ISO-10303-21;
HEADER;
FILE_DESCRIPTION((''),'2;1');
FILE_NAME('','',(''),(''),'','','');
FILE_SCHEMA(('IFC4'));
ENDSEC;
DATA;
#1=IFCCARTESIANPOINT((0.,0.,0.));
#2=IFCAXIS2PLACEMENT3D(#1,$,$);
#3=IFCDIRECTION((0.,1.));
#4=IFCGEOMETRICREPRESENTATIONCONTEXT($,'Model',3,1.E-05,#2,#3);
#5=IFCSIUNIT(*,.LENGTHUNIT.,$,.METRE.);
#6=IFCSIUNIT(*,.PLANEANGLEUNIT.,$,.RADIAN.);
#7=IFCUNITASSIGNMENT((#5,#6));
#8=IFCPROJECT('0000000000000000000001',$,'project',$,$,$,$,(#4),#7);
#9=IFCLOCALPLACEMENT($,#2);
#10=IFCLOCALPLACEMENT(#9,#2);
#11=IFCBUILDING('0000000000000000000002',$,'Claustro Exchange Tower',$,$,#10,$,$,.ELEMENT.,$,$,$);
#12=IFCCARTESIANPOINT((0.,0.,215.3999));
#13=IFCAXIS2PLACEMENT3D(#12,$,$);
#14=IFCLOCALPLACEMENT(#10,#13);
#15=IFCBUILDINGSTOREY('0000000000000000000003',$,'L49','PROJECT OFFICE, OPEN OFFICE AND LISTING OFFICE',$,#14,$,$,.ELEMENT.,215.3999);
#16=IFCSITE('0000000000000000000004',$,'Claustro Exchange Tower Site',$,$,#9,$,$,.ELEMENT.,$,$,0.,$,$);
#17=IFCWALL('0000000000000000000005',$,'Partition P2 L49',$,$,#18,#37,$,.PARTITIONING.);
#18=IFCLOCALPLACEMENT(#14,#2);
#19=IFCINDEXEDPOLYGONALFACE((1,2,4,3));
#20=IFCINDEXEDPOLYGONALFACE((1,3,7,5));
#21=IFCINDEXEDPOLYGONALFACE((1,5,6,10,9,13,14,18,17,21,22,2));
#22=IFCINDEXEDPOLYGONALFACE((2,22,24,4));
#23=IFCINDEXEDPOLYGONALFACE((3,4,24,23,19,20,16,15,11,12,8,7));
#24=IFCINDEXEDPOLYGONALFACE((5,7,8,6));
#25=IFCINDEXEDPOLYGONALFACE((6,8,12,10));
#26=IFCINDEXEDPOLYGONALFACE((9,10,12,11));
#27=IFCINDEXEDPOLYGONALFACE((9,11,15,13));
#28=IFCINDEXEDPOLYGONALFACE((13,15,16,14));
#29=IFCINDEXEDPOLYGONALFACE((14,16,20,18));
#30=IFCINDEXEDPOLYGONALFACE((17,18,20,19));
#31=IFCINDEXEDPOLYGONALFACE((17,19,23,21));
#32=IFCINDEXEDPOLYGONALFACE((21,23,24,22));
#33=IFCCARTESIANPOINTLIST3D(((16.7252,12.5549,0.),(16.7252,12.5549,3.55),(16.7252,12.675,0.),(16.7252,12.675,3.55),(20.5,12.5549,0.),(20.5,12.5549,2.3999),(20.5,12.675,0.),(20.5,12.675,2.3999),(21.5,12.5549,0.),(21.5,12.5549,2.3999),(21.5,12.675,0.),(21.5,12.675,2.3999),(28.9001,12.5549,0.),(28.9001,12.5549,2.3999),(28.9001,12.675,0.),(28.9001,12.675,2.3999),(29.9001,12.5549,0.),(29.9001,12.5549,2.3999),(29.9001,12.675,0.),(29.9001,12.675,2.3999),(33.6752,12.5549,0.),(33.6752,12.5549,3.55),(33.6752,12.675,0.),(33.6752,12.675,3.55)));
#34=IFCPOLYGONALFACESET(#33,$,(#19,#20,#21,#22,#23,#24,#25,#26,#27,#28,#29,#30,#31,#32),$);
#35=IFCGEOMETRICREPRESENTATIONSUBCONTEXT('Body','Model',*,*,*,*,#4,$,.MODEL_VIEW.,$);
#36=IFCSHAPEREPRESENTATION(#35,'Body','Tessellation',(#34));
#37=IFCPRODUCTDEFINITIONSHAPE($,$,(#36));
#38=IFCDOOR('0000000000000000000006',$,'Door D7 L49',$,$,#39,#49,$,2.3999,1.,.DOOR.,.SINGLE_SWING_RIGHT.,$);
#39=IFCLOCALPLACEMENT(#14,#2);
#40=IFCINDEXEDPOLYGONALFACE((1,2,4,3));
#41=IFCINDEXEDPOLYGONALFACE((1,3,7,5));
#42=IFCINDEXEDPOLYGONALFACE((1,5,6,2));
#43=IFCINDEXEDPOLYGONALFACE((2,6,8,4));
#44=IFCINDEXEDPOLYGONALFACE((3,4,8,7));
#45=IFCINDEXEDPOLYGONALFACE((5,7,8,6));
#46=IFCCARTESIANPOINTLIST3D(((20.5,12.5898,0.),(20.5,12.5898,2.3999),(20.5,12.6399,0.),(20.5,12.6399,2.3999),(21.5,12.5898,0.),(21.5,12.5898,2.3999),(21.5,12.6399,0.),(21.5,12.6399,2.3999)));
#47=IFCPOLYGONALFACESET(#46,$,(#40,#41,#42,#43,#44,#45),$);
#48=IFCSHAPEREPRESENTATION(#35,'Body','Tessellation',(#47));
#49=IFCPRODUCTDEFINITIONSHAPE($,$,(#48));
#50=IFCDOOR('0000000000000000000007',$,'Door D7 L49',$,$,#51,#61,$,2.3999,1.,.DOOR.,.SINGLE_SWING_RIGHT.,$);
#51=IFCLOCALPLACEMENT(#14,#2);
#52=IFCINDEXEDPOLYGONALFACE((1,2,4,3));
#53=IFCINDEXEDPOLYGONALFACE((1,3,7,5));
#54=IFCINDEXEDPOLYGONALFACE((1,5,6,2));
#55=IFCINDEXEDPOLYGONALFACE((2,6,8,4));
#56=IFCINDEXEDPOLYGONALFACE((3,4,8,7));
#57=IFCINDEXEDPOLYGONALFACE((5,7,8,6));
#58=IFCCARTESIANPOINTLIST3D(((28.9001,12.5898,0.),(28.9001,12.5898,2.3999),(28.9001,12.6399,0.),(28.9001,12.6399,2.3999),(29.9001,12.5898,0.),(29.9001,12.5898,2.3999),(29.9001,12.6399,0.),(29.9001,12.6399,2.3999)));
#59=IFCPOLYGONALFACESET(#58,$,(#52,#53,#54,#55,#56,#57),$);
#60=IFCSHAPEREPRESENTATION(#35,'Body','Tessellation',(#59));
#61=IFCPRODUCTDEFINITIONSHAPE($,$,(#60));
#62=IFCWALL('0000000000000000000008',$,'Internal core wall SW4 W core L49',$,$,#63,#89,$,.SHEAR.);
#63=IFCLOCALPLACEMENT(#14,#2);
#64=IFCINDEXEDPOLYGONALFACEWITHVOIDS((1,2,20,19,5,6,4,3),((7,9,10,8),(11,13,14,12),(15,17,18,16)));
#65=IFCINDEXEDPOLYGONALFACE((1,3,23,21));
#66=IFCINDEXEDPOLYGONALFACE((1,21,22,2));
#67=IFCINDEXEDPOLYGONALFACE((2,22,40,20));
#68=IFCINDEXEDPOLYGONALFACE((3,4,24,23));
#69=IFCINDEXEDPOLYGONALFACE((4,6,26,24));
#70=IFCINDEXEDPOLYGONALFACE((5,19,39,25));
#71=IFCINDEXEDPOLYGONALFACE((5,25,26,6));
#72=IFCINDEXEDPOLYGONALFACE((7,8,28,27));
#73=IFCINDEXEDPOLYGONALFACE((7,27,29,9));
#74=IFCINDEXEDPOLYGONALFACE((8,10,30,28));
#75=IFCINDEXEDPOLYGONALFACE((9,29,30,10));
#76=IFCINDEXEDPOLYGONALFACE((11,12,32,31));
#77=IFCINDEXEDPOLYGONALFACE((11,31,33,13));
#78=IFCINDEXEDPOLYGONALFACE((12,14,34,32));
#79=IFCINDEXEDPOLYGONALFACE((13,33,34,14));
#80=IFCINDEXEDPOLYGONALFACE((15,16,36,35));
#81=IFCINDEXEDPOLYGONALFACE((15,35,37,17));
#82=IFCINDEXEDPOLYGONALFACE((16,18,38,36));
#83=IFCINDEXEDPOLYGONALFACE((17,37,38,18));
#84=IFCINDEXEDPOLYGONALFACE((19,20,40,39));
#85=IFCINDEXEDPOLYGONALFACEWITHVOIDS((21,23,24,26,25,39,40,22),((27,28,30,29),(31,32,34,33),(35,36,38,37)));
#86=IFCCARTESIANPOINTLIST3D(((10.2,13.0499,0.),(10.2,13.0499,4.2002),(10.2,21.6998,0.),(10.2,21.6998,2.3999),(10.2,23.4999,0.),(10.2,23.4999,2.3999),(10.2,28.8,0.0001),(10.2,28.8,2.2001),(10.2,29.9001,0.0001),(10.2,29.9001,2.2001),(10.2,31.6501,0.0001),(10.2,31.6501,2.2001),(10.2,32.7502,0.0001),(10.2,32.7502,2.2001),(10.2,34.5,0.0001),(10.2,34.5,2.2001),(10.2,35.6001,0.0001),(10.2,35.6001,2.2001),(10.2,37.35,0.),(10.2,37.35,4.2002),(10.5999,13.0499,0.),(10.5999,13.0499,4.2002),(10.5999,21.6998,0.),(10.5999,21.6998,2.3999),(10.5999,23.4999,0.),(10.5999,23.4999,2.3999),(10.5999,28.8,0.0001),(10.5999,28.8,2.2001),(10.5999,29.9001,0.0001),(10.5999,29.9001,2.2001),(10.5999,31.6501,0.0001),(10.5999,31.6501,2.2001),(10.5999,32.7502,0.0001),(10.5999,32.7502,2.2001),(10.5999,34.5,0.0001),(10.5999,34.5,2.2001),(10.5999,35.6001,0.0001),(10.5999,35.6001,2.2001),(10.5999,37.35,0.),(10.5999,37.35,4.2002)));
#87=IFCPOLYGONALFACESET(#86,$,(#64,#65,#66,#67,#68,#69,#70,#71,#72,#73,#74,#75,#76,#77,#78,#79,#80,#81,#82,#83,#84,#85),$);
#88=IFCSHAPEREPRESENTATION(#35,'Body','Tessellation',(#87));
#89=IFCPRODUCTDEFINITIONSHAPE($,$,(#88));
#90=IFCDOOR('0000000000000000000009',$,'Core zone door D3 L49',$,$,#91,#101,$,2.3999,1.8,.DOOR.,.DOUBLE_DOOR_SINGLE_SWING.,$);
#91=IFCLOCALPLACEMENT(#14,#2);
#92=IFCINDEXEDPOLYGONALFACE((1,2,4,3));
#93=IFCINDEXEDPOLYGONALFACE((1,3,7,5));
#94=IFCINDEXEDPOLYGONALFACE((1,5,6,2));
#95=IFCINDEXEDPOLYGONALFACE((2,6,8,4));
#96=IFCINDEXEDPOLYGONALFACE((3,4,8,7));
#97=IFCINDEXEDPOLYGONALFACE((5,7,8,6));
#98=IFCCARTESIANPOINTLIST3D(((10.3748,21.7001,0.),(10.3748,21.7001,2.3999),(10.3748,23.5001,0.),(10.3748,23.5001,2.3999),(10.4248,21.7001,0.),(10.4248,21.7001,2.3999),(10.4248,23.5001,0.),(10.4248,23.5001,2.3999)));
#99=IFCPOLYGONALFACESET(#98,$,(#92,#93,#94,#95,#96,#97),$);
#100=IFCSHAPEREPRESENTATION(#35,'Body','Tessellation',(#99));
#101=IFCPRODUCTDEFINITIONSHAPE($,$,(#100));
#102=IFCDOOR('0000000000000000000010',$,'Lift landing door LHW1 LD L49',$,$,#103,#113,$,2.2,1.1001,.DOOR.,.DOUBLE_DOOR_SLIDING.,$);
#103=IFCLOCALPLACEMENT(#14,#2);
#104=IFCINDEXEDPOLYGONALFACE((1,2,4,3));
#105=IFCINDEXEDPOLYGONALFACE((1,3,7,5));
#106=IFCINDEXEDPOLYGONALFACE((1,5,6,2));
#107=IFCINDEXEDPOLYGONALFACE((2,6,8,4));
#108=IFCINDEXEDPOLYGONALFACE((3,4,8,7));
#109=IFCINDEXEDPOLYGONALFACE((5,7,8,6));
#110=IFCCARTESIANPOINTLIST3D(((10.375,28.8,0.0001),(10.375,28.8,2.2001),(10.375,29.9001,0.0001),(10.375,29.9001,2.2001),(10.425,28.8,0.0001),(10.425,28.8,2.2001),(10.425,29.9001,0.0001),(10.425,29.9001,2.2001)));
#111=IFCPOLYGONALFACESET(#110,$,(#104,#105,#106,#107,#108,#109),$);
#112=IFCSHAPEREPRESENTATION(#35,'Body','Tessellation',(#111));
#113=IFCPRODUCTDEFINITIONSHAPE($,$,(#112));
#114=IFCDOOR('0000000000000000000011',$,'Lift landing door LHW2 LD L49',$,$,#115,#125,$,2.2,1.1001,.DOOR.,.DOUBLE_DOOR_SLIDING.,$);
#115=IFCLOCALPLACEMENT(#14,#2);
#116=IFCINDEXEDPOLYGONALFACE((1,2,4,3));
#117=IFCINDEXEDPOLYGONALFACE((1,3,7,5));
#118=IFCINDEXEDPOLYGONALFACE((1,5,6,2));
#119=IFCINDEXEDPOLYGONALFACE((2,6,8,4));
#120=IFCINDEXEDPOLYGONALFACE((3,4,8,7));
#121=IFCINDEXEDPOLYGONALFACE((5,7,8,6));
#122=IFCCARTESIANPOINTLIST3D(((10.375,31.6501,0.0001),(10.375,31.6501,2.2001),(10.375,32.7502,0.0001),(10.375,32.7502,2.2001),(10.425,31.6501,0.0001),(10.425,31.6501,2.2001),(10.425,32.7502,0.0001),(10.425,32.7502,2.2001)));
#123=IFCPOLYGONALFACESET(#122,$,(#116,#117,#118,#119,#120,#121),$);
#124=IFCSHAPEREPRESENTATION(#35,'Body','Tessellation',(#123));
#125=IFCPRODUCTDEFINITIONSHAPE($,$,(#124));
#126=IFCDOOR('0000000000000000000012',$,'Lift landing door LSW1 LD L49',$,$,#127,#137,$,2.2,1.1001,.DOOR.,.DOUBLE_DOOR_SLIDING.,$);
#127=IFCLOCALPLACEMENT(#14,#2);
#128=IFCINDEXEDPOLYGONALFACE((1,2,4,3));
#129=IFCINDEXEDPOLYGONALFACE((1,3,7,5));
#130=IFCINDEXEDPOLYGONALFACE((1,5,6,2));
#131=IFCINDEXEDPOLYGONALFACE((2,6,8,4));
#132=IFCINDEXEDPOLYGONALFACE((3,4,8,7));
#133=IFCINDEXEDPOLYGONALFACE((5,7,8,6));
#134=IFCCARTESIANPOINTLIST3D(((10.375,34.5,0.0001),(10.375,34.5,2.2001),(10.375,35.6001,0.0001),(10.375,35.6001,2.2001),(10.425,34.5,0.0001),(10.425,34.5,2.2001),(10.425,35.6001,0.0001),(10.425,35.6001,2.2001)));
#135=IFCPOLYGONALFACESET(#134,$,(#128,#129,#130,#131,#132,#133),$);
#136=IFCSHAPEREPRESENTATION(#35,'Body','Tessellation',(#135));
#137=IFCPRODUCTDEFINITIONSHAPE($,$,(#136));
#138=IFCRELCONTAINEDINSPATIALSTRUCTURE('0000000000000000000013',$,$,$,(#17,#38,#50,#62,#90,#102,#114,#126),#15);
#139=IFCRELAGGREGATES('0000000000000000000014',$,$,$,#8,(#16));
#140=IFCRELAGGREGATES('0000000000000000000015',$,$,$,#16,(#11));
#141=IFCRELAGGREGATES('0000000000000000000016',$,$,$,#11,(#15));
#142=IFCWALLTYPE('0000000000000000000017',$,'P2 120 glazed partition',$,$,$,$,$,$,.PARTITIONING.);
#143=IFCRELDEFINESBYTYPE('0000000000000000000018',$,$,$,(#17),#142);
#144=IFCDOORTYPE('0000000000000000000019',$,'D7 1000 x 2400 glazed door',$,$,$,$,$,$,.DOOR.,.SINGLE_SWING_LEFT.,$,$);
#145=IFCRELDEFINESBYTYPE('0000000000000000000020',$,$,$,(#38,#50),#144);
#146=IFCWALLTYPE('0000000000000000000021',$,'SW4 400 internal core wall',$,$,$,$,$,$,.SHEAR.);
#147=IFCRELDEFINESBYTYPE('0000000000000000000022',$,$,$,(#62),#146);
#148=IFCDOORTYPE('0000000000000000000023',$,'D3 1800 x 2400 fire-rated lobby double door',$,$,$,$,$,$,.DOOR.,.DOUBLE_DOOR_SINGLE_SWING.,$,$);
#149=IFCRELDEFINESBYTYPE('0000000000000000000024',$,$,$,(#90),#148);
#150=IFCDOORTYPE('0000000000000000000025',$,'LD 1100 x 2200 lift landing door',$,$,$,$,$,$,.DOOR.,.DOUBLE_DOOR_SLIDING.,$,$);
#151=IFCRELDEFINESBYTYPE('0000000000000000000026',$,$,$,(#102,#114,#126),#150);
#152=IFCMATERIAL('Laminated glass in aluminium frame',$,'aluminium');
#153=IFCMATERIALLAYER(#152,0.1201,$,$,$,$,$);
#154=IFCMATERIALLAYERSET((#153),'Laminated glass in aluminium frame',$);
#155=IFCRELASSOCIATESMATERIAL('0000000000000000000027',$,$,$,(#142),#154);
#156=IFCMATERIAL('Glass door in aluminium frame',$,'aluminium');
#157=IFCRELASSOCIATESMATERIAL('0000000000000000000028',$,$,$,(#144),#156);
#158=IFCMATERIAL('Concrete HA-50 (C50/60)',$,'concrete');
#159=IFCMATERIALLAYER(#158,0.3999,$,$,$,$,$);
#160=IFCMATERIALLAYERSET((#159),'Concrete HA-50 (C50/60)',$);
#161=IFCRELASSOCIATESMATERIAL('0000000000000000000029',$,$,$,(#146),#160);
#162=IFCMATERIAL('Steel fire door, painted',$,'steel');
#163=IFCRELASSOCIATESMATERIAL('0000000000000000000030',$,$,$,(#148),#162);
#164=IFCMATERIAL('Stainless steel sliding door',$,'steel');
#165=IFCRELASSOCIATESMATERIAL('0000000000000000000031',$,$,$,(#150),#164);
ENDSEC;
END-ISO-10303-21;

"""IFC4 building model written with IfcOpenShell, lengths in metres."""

from ifc_helpers import new_model, si_unit, direction, frame, frame_2d, origin, place, context, subcontext, project, spatial, rectangle, extrude, material, layer, layer_set, type_object, element, fill, save


model = new_model("IFC4")

# Units and contexts
model_context = context("Model", 3, precision=1e-05, world=origin(), true_north=direction((0.0, 1.0)))
body_context = subcontext(model_context, "Body", "Model", "MODEL_VIEW")
ifc_project = project(units=[si_unit("LENGTHUNIT", "METRE"), si_unit("PLANEANGLEUNIT", "RADIAN")], contexts=[model_context])

# Site, building, storey
site_placement = place(None, origin())
site = spatial("IfcSite", under=ifc_project, at=site_placement, Name="Claustro Exchange Tower Site", CompositionType="ELEMENT", RefElevation=0.0)
building_placement = place(site_placement, origin())
building = spatial("IfcBuilding", under=site, at=building_placement, Name="Claustro Exchange Tower", CompositionType="ELEMENT")
storey_placement = place(building_placement, frame((0.0, 0.0, 215.3999)))
storey = spatial("IfcBuildingStorey", under=building, at=storey_placement, Name="L49", Description="PROJECT OFFICE, OPEN OFFICE AND LISTING OFFICE", CompositionType="ELEMENT", Elevation=215.3999)

# Walls, openings, doors
ifc_material_1 = material(Name="Laminated glass in aluminium frame", Category="aluminium")
ifc_layer_1 = layer(ifc_material_1, 0.1201)
ifc_layer_set_1 = layer_set([ifc_layer_1], Name="Laminated glass in aluminium frame")
wall_type_1 = type_object("IfcWallType", Name="P2 120 glazed partition", PredefinedType="PARTITIONING", material=ifc_layer_set_1)
wall_1_placement = place(storey_placement, frame((16.7251, 12.615, 0.0), z_axis=(0.0, 0.0, 1.0), x_axis=(1.0, 0.0, 0.0)))
wall_1 = element("IfcWall", 1, at=wall_1_placement, inside=storey, type_object=wall_type_1, Name="Partition P2 L49", PredefinedType="PARTITIONING", context=body_context, shape_type="SweptSolid", body=[
    extrude(rectangle(XDim=16.95, YDim=0.1201, at=frame_2d((8.4751, 0.0))), origin(), (0.0, 0.0, 1.0), 3.55),
])
opening_1_placement = place(wall_1_placement, frame((3.7749, 0.0, 0.0)))
opening_1 = element("IfcOpeningElement", 2, at=opening_1_placement, cuts=wall_1, PredefinedType="OPENING", context=body_context, shape_type="SweptSolid", body=[
    extrude(rectangle(XDim=1.0, YDim=2.3999, at=frame_2d((0.5, 1.2))), frame((0.0, 0.0701, 0.0), z_axis=(0.0, -1.0, 0.0), x_axis=(1.0, 0.0, 0.0)), (0.0, 0.0, 1.0), 0.1401),
])
opening_2_placement = place(wall_1_placement, frame((12.175, 0.0, 0.0)))
opening_2 = element("IfcOpeningElement", 3, at=opening_2_placement, cuts=wall_1, PredefinedType="OPENING", context=body_context, shape_type="SweptSolid", body=[
    extrude(rectangle(XDim=1.0, YDim=2.3999, at=frame_2d((0.5, 1.2))), frame((0.0, 0.0701, 0.0), z_axis=(0.0, -1.0, 0.0), x_axis=(1.0, 0.0, 0.0)), (0.0, 0.0, 1.0), 0.1401),
])
ifc_material_2 = material(Name="Glass door in aluminium frame", Category="aluminium")
door_type_1 = type_object("IfcDoorType", Name="D7 1000 x 2400 glazed door", OperationType="SINGLE_SWING_LEFT", PredefinedType="DOOR", material=ifc_material_2)
door_1_placement = place(opening_1_placement, origin())
door_1 = element("IfcDoor", 4, at=door_1_placement, inside=storey, type_object=door_type_1, Name="Door D7 L49", OperationType="SINGLE_SWING_RIGHT", OverallHeight=2.3999, OverallWidth=1.0, PredefinedType="DOOR", context=body_context, shape_type="SweptSolid", body=[
    extrude(rectangle(XDim=1.0, YDim=2.3999, at=frame_2d((0.5, 1.2))), frame((0.0, 0.0249, 0.0), z_axis=(0.0, -1.0, 0.0), x_axis=(1.0, 0.0, 0.0)), (0.0, 0.0, 1.0), 0.05),
])
fill(opening_1, door_1)
door_2_placement = place(opening_2_placement, origin())
door_2 = element("IfcDoor", 5, at=door_2_placement, inside=storey, type_object=door_type_1, Name="Door D7 L49", OperationType="SINGLE_SWING_RIGHT", OverallHeight=2.3999, OverallWidth=1.0, PredefinedType="DOOR", context=body_context, shape_type="SweptSolid", body=[
    extrude(rectangle(XDim=1.0, YDim=2.3999, at=frame_2d((0.5, 1.2))), frame((0.0, 0.0249, 0.0), z_axis=(0.0, -1.0, 0.0), x_axis=(1.0, 0.0, 0.0)), (0.0, 0.0, 1.0), 0.05),
])
fill(opening_2, door_2)
ifc_material_3 = material(Name="Concrete HA-50 (C50/60)", Category="concrete")
ifc_layer_2 = layer(ifc_material_3, 0.3999)
ifc_layer_set_2 = layer_set([ifc_layer_2], Name="Concrete HA-50 (C50/60)")
wall_type_2 = type_object("IfcWallType", Name="SW4 400 internal core wall", PredefinedType="SHEAR", material=ifc_layer_set_2)
wall_2_placement = place(storey_placement, frame((10.3999, 13.05, 0.0), z_axis=(0.0, 0.0, 1.0), x_axis=(0.0, 1.0, 0.0)))
wall_2 = element("IfcWall", 6, at=wall_2_placement, inside=storey, type_object=wall_type_2, Name="Internal core wall SW4 W core L49", PredefinedType="SHEAR", context=body_context, shape_type="SweptSolid", body=[
    extrude(rectangle(XDim=24.3, YDim=0.3999, at=frame_2d((12.1499, 0.0))), origin(), (0.0, 0.0, 1.0), 4.2002),
])
opening_3_placement = place(wall_2_placement, frame((15.75, 0.0, 0.0)))
opening_3 = element("IfcOpeningElement", 7, at=opening_3_placement, cuts=wall_2, PredefinedType="OPENING", context=body_context, shape_type="SweptSolid", body=[
    extrude(rectangle(XDim=1.1001, YDim=2.2, at=frame_2d((0.55, 1.1001))), frame((0.0, 0.21, 0.0), z_axis=(0.0, -1.0, 0.0), x_axis=(1.0, 0.0, 0.0)), (0.0, 0.0, 1.0), 0.4199),
])
opening_4_placement = place(wall_2_placement, frame((18.6001, 0.0, 0.0)))
opening_4 = element("IfcOpeningElement", 8, at=opening_4_placement, cuts=wall_2, PredefinedType="OPENING", context=body_context, shape_type="SweptSolid", body=[
    extrude(rectangle(XDim=1.1001, YDim=2.2, at=frame_2d((0.55, 1.1001))), frame((0.0, 0.21, 0.0), z_axis=(0.0, -1.0, 0.0), x_axis=(1.0, 0.0, 0.0)), (0.0, 0.0, 1.0), 0.4199),
])
opening_5_placement = place(wall_2_placement, frame((21.45, 0.0, 0.0)))
opening_5 = element("IfcOpeningElement", 9, at=opening_5_placement, cuts=wall_2, PredefinedType="OPENING", context=body_context, shape_type="SweptSolid", body=[
    extrude(rectangle(XDim=1.1001, YDim=2.2, at=frame_2d((0.55, 1.1001))), frame((0.0, 0.21, 0.0), z_axis=(0.0, -1.0, 0.0), x_axis=(1.0, 0.0, 0.0)), (0.0, 0.0, 1.0), 0.4199),
])
opening_6_placement = place(wall_2_placement, frame((8.6499, 0.0, 0.0)))
opening_6 = element("IfcOpeningElement", 10, at=opening_6_placement, cuts=wall_2, PredefinedType="OPENING", context=body_context, shape_type="SweptSolid", body=[
    extrude(rectangle(XDim=1.8, YDim=2.3999, at=frame_2d((0.8999, 1.2))), frame((0.0, 0.21, 0.0), z_axis=(0.0, -1.0, 0.0), x_axis=(1.0, 0.0, 0.0)), (0.0, 0.0, 1.0), 0.4199),
])
ifc_material_4 = material(Name="Steel fire door, painted", Category="steel")
door_type_2 = type_object("IfcDoorType", Name="D3 1800 x 2400 fire-rated lobby double door", OperationType="DOUBLE_DOOR_SINGLE_SWING", PredefinedType="DOOR", material=ifc_material_4)
door_3_placement = place(opening_6_placement, frame((1.8, 0.0, 0.0), z_axis=(0.0, 0.0, 1.0), x_axis=(-1.0, 0.0, 0.0)))
door_3 = element("IfcDoor", 11, at=door_3_placement, inside=storey, type_object=door_type_2, Name="Core zone door D3 L49", OperationType="DOUBLE_DOOR_SINGLE_SWING", OverallHeight=2.3999, OverallWidth=1.8, PredefinedType="DOOR", context=body_context, shape_type="SweptSolid", body=[
    extrude(rectangle(XDim=1.8, YDim=2.3999, at=frame_2d((0.8999, 1.2))), frame((0.0, 0.0249, 0.0), z_axis=(0.0, -1.0, 0.0), x_axis=(1.0, 0.0, 0.0)), (0.0, 0.0, 1.0), 0.05),
])
fill(opening_6, door_3)
ifc_material_5 = material(Name="Stainless steel sliding door", Category="steel")
door_type_3 = type_object("IfcDoorType", Name="LD 1100 x 2200 lift landing door", OperationType="DOUBLE_DOOR_SLIDING", PredefinedType="DOOR", material=ifc_material_5)
door_4_placement = place(opening_3_placement, origin())
door_4 = element("IfcDoor", 12, at=door_4_placement, inside=storey, type_object=door_type_3, Name="Lift landing door LHW1 LD L49", OperationType="DOUBLE_DOOR_SLIDING", OverallHeight=2.2, OverallWidth=1.1001, PredefinedType="DOOR", context=body_context, shape_type="SweptSolid", body=[
    extrude(rectangle(XDim=1.1001, YDim=2.2, at=frame_2d((0.55, 1.1001))), frame((0.0, 0.0249, 0.0), z_axis=(0.0, -1.0, 0.0), x_axis=(1.0, 0.0, 0.0)), (0.0, 0.0, 1.0), 0.05),
])
fill(opening_3, door_4)
door_5_placement = place(opening_4_placement, origin())
door_5 = element("IfcDoor", 13, at=door_5_placement, inside=storey, type_object=door_type_3, Name="Lift landing door LHW2 LD L49", OperationType="DOUBLE_DOOR_SLIDING", OverallHeight=2.2, OverallWidth=1.1001, PredefinedType="DOOR", context=body_context, shape_type="SweptSolid", body=[
    extrude(rectangle(XDim=1.1001, YDim=2.2, at=frame_2d((0.55, 1.1001))), frame((0.0, 0.0249, 0.0), z_axis=(0.0, -1.0, 0.0), x_axis=(1.0, 0.0, 0.0)), (0.0, 0.0, 1.0), 0.05),
])
fill(opening_4, door_5)
door_6_placement = place(opening_5_placement, origin())
door_6 = element("IfcDoor", 14, at=door_6_placement, inside=storey, type_object=door_type_3, Name="Lift landing door LSW1 LD L49", OperationType="DOUBLE_DOOR_SLIDING", OverallHeight=2.2, OverallWidth=1.1001, PredefinedType="DOOR", context=body_context, shape_type="SweptSolid", body=[
    extrude(rectangle(XDim=1.1001, YDim=2.2, at=frame_2d((0.55, 1.1001))), frame((0.0, 0.0249, 0.0), z_axis=(0.0, -1.0, 0.0), x_axis=(1.0, 0.0, 0.0)), (0.0, 0.0, 1.0), 0.05),
])
fill(opening_5, door_6)

save(model, "model.ifc")
